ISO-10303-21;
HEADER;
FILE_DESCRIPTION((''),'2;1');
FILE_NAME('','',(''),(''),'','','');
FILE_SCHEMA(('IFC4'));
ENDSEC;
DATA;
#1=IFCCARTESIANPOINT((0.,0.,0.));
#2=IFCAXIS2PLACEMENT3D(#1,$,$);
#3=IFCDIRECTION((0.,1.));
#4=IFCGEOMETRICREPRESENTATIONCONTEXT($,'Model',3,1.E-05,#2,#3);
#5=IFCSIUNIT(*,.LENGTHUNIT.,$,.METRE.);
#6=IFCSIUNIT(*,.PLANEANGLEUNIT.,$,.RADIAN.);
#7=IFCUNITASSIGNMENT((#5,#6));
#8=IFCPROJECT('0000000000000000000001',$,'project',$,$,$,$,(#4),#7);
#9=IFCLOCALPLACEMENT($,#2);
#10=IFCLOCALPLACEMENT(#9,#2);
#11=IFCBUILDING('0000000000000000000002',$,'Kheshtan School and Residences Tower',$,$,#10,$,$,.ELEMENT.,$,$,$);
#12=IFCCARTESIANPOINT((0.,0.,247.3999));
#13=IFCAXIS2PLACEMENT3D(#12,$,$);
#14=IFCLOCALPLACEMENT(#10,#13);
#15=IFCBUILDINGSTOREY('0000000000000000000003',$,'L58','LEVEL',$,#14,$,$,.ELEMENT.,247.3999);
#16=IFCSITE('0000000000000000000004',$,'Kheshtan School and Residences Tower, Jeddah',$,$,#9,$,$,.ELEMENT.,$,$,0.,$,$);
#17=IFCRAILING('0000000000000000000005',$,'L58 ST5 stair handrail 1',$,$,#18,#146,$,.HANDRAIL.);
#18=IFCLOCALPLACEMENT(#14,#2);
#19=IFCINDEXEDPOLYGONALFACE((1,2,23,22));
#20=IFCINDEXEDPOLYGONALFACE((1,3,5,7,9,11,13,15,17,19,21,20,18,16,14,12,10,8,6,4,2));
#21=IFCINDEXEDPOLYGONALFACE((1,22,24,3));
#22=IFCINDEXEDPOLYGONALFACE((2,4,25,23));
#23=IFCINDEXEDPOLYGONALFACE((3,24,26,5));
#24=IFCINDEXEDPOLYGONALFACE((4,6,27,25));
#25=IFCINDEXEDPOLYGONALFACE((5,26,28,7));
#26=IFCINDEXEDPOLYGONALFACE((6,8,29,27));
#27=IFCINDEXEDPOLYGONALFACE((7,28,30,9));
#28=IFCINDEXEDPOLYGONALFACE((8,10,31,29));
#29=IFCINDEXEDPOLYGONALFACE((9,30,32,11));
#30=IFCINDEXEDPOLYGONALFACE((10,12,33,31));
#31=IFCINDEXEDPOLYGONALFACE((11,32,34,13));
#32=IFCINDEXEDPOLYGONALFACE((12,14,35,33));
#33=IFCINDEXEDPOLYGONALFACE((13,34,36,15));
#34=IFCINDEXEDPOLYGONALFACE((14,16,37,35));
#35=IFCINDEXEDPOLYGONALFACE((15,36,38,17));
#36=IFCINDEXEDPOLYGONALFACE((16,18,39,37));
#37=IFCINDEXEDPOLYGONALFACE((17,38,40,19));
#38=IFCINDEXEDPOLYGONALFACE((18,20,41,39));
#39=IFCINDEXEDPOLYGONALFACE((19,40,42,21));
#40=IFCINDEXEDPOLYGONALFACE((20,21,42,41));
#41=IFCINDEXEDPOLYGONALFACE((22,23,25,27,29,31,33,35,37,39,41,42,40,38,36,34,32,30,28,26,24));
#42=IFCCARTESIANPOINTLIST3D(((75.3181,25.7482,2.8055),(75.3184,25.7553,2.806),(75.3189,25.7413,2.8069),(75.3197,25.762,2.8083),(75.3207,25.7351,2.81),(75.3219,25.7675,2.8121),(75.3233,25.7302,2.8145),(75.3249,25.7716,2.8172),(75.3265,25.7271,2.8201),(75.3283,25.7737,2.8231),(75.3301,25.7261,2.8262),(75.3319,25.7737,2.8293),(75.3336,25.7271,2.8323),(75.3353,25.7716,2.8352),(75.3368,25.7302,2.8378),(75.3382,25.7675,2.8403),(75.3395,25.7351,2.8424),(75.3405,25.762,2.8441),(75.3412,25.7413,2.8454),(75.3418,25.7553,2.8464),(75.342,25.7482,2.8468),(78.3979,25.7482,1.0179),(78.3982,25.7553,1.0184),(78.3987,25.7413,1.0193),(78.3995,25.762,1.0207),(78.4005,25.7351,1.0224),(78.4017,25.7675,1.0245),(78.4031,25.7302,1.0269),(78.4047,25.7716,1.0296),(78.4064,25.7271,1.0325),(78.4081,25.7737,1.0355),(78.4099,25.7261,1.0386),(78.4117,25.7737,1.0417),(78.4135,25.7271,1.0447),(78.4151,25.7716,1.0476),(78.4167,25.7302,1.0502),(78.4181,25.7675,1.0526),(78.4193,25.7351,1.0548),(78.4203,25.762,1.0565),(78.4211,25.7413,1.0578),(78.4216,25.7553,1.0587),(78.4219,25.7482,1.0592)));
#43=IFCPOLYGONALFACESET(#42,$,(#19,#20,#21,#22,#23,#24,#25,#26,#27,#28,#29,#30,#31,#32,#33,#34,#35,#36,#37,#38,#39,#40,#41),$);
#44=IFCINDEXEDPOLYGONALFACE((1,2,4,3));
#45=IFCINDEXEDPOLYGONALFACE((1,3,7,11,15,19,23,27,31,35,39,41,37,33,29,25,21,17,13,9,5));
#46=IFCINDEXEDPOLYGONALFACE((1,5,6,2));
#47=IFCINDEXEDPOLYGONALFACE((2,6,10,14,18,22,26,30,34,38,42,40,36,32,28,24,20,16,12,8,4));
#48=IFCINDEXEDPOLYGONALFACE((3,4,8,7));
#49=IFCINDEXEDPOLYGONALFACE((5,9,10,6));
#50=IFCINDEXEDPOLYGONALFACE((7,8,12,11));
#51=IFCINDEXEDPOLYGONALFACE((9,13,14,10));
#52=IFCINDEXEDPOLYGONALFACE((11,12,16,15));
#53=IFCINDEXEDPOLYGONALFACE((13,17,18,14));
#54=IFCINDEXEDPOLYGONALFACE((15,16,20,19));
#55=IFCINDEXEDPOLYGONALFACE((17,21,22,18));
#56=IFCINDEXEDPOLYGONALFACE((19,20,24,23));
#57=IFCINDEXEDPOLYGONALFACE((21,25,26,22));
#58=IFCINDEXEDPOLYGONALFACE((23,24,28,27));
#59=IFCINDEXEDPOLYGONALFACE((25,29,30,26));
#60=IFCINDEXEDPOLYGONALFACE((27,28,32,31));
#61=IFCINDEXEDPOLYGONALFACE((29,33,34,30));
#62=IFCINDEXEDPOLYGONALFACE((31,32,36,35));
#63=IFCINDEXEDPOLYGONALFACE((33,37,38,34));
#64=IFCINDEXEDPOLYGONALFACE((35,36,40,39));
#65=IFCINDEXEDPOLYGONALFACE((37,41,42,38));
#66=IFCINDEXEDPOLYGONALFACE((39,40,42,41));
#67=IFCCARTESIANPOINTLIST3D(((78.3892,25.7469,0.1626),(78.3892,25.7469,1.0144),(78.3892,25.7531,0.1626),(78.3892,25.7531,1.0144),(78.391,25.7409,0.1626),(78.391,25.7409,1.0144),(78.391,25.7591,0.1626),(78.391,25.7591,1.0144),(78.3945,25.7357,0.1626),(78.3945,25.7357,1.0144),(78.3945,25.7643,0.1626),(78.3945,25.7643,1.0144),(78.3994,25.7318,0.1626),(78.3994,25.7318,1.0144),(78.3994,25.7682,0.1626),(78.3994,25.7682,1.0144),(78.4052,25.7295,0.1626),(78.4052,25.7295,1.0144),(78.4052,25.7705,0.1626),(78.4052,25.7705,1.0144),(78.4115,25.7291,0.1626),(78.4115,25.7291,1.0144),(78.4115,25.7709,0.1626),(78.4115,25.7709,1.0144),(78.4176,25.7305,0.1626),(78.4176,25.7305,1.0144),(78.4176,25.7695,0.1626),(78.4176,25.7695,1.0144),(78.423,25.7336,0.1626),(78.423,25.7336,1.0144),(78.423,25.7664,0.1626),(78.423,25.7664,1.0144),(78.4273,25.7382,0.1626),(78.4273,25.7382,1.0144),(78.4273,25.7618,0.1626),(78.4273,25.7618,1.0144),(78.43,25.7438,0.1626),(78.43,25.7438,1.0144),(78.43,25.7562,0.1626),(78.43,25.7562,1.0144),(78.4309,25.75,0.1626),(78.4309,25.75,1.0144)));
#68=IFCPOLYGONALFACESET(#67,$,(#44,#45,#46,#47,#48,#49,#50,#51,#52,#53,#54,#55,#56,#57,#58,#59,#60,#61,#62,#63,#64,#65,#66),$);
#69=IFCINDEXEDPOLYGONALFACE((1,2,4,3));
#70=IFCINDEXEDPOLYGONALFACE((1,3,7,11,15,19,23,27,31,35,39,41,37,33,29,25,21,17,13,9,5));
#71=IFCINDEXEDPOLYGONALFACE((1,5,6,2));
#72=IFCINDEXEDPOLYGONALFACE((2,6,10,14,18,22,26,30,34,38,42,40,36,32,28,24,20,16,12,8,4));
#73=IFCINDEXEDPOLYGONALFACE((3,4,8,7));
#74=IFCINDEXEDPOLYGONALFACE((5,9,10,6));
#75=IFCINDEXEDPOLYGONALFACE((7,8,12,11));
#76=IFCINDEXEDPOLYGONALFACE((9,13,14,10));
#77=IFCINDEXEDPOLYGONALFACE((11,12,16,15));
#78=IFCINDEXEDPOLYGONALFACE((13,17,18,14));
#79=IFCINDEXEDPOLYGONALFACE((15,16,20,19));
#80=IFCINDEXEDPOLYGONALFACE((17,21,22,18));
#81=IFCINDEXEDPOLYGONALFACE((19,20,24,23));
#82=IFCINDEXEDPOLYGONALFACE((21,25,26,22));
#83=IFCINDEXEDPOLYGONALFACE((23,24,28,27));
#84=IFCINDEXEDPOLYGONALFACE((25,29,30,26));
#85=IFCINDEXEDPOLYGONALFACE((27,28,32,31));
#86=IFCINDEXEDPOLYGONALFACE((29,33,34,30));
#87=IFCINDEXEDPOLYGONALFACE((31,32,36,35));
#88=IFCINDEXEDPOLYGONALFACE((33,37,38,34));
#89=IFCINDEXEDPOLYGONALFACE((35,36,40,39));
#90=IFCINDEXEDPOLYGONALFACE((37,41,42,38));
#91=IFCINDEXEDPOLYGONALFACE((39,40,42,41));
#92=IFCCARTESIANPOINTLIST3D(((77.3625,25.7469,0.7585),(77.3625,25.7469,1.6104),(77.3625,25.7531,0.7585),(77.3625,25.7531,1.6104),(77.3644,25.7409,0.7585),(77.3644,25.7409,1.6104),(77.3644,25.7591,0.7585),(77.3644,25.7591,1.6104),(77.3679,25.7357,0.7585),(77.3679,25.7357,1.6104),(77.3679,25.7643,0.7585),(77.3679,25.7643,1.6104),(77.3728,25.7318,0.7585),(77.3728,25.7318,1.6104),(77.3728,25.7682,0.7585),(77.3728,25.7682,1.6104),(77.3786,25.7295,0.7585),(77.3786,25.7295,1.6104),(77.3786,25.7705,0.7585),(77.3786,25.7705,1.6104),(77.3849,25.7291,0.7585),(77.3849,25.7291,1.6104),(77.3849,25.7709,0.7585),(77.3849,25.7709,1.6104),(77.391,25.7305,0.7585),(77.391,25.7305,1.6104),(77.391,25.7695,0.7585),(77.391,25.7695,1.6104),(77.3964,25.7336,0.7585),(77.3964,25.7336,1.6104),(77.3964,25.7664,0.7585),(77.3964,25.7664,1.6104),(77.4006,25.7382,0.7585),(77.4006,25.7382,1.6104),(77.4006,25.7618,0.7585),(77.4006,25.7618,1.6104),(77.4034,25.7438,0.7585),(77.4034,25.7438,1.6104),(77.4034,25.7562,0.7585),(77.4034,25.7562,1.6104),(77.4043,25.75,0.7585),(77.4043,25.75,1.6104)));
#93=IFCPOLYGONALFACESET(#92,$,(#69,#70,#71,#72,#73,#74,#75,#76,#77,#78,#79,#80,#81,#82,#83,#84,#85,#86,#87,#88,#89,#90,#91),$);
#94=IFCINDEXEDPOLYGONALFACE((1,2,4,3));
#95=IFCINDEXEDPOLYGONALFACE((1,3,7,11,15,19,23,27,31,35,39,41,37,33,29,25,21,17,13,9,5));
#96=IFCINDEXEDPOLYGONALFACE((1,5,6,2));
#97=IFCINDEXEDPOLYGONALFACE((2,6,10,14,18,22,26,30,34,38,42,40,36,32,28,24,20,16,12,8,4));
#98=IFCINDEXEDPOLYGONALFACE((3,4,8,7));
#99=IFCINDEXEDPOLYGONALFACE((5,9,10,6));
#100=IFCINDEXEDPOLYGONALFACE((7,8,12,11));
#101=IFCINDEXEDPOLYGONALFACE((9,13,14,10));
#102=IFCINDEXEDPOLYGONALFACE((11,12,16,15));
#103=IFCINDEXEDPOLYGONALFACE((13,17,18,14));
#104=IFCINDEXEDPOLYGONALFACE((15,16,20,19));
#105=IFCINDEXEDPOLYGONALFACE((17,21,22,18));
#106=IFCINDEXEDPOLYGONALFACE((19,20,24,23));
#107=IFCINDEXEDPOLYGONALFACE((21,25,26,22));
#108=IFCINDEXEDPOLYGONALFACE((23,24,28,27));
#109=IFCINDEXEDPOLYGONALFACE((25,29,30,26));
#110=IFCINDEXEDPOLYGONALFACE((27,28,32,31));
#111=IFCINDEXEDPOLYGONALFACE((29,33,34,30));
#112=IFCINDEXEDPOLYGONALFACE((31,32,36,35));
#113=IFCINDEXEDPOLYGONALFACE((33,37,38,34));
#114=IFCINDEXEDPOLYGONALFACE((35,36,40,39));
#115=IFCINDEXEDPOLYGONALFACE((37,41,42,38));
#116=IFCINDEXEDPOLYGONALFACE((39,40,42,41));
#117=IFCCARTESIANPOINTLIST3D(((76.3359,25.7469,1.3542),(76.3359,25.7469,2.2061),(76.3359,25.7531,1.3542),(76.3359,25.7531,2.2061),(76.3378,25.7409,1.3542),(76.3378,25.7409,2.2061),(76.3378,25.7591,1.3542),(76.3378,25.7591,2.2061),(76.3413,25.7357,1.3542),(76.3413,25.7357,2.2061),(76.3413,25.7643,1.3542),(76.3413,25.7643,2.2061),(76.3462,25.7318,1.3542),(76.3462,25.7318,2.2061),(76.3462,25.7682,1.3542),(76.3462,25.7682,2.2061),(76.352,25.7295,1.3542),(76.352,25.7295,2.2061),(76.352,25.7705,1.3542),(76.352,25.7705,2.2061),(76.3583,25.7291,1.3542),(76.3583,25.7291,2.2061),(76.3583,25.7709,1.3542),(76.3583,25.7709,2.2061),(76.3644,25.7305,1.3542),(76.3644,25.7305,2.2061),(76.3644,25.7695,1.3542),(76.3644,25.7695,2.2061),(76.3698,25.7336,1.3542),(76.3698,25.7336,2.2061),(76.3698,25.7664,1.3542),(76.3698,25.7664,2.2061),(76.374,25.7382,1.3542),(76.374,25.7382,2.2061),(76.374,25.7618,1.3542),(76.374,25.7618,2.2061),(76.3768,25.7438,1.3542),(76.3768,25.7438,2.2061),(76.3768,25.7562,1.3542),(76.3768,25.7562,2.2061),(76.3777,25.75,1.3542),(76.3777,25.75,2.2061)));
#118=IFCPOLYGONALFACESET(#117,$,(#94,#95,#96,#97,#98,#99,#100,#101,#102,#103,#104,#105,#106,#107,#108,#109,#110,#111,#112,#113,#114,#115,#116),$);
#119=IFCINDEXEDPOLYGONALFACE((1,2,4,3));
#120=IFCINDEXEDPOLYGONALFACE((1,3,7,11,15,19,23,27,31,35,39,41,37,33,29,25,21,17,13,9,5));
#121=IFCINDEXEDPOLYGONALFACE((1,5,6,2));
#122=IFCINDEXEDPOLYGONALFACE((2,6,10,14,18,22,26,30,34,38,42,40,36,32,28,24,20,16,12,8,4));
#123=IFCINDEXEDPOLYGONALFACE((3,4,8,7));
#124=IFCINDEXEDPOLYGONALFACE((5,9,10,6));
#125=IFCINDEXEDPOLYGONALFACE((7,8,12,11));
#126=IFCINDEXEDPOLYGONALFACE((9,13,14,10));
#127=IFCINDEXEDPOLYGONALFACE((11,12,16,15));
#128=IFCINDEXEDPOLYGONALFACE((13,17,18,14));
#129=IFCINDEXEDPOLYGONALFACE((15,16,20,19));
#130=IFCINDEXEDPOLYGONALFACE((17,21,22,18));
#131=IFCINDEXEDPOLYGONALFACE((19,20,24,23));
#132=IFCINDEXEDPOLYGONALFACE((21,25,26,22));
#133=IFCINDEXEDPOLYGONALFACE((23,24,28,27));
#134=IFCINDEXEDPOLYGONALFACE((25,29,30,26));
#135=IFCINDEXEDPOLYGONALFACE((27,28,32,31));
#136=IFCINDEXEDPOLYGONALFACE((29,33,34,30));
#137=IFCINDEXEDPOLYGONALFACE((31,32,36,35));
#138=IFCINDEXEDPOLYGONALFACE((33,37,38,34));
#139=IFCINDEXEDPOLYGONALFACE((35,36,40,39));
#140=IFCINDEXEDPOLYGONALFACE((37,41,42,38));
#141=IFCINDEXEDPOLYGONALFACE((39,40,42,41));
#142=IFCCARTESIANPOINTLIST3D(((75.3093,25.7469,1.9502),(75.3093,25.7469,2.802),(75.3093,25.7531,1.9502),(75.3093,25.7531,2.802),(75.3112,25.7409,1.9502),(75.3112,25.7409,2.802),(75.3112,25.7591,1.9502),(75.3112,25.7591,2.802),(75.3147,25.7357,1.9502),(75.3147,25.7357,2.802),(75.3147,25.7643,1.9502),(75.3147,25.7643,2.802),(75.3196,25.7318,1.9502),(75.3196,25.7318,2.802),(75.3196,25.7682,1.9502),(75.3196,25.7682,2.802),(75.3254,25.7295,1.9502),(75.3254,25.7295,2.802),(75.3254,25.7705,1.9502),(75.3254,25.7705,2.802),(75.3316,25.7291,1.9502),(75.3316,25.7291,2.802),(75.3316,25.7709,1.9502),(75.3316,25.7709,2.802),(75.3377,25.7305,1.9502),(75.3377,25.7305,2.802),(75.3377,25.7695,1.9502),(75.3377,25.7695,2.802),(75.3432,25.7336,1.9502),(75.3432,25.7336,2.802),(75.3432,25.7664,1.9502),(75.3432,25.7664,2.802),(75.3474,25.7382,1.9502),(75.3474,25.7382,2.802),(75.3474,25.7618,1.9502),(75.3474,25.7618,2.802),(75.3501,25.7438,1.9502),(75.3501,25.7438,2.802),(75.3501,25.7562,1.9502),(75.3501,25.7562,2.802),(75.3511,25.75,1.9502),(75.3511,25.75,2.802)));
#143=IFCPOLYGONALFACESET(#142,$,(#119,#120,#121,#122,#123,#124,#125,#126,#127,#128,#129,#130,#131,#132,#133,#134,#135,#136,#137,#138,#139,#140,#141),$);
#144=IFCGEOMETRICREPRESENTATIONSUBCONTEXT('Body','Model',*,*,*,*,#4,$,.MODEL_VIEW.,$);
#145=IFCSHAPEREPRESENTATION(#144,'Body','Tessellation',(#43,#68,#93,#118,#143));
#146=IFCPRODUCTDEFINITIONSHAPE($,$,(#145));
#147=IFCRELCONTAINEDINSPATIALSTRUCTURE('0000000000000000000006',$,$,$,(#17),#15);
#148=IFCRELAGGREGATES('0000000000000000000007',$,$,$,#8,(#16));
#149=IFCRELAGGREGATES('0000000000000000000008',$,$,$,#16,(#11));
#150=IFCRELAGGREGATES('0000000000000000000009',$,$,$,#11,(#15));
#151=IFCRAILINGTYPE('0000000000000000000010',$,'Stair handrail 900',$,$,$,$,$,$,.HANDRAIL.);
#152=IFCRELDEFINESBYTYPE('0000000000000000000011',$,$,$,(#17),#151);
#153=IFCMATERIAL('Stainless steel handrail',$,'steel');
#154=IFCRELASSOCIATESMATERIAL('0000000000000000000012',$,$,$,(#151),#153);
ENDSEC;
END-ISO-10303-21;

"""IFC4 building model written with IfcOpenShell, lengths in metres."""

from ifc_helpers import new_model, si_unit, direction, frame, origin, origin_2d, place, context, subcontext, project, spatial, circle, extrude, material, type_object, element, save


model = new_model("IFC4")

# Units and contexts
model_context = context("Model", 3, precision=1e-05, world=origin(), true_north=direction((0.0, 1.0)))
body_context = subcontext(model_context, "Body", "Model", "MODEL_VIEW")
ifc_project = project(units=[si_unit("LENGTHUNIT", "METRE"), si_unit("PLANEANGLEUNIT", "RADIAN")], contexts=[model_context])

# Site, building, storey
site_placement = place(None, origin())
site = spatial("IfcSite", under=ifc_project, at=site_placement, Name="Kheshtan School and Residences Tower, Jeddah", CompositionType="ELEMENT", RefElevation=0.0)
building_placement = place(site_placement, origin())
building = spatial("IfcBuilding", under=site, at=building_placement, Name="Kheshtan School and Residences Tower", CompositionType="ELEMENT")
storey_placement = place(building_placement, frame((0.0, 0.0, 247.3999)))
storey = spatial("IfcBuildingStorey", under=building, at=storey_placement, Name="L58", Description="LEVEL", CompositionType="ELEMENT", Elevation=247.3999)

# Railing
ifc_material_1 = material(Name="Stainless steel handrail", Category="steel")
railing_type_1 = type_object("IfcRailingType", Name="Stair handrail 900", PredefinedType="HANDRAIL", material=ifc_material_1)
railing_1_placement = place(storey_placement, frame((78.4099, 25.75, 0.1626)))
element("IfcRailing", 1, at=railing_1_placement, inside=storey, type_object=railing_type_1, Name="L58 ST5 stair handrail 1", PredefinedType="HANDRAIL", context=body_context, shape_type="SweptSolid", body=[
    extrude(circle(Radius=0.0239, at=origin_2d()), frame((0.0, 0.0, 0.876), z_axis=(-0.864873, 0.0, 0.50199), x_axis=(0.0, -1.0, 0.0)), (0.0, 0.0, 1.0), 3.561),
    extrude(circle(Radius=0.021, at=origin_2d()), origin(), (0.0, 0.0, 1.0), 0.8518),
    extrude(circle(Radius=0.021, at=origin_2d()), frame((-1.0266, 0.0, 0.5959)), (0.0, 0.0, 1.0), 0.8518),
    extrude(circle(Radius=0.021, at=origin_2d()), frame((-2.0532, 0.0, 1.1917)), (0.0, 0.0, 1.0), 0.8518),
    extrude(circle(Radius=0.021, at=origin_2d()), frame((-3.0798, 0.0, 1.7876)), (0.0, 0.0, 1.0), 0.8518),
])

save(model, "model.ifc")
